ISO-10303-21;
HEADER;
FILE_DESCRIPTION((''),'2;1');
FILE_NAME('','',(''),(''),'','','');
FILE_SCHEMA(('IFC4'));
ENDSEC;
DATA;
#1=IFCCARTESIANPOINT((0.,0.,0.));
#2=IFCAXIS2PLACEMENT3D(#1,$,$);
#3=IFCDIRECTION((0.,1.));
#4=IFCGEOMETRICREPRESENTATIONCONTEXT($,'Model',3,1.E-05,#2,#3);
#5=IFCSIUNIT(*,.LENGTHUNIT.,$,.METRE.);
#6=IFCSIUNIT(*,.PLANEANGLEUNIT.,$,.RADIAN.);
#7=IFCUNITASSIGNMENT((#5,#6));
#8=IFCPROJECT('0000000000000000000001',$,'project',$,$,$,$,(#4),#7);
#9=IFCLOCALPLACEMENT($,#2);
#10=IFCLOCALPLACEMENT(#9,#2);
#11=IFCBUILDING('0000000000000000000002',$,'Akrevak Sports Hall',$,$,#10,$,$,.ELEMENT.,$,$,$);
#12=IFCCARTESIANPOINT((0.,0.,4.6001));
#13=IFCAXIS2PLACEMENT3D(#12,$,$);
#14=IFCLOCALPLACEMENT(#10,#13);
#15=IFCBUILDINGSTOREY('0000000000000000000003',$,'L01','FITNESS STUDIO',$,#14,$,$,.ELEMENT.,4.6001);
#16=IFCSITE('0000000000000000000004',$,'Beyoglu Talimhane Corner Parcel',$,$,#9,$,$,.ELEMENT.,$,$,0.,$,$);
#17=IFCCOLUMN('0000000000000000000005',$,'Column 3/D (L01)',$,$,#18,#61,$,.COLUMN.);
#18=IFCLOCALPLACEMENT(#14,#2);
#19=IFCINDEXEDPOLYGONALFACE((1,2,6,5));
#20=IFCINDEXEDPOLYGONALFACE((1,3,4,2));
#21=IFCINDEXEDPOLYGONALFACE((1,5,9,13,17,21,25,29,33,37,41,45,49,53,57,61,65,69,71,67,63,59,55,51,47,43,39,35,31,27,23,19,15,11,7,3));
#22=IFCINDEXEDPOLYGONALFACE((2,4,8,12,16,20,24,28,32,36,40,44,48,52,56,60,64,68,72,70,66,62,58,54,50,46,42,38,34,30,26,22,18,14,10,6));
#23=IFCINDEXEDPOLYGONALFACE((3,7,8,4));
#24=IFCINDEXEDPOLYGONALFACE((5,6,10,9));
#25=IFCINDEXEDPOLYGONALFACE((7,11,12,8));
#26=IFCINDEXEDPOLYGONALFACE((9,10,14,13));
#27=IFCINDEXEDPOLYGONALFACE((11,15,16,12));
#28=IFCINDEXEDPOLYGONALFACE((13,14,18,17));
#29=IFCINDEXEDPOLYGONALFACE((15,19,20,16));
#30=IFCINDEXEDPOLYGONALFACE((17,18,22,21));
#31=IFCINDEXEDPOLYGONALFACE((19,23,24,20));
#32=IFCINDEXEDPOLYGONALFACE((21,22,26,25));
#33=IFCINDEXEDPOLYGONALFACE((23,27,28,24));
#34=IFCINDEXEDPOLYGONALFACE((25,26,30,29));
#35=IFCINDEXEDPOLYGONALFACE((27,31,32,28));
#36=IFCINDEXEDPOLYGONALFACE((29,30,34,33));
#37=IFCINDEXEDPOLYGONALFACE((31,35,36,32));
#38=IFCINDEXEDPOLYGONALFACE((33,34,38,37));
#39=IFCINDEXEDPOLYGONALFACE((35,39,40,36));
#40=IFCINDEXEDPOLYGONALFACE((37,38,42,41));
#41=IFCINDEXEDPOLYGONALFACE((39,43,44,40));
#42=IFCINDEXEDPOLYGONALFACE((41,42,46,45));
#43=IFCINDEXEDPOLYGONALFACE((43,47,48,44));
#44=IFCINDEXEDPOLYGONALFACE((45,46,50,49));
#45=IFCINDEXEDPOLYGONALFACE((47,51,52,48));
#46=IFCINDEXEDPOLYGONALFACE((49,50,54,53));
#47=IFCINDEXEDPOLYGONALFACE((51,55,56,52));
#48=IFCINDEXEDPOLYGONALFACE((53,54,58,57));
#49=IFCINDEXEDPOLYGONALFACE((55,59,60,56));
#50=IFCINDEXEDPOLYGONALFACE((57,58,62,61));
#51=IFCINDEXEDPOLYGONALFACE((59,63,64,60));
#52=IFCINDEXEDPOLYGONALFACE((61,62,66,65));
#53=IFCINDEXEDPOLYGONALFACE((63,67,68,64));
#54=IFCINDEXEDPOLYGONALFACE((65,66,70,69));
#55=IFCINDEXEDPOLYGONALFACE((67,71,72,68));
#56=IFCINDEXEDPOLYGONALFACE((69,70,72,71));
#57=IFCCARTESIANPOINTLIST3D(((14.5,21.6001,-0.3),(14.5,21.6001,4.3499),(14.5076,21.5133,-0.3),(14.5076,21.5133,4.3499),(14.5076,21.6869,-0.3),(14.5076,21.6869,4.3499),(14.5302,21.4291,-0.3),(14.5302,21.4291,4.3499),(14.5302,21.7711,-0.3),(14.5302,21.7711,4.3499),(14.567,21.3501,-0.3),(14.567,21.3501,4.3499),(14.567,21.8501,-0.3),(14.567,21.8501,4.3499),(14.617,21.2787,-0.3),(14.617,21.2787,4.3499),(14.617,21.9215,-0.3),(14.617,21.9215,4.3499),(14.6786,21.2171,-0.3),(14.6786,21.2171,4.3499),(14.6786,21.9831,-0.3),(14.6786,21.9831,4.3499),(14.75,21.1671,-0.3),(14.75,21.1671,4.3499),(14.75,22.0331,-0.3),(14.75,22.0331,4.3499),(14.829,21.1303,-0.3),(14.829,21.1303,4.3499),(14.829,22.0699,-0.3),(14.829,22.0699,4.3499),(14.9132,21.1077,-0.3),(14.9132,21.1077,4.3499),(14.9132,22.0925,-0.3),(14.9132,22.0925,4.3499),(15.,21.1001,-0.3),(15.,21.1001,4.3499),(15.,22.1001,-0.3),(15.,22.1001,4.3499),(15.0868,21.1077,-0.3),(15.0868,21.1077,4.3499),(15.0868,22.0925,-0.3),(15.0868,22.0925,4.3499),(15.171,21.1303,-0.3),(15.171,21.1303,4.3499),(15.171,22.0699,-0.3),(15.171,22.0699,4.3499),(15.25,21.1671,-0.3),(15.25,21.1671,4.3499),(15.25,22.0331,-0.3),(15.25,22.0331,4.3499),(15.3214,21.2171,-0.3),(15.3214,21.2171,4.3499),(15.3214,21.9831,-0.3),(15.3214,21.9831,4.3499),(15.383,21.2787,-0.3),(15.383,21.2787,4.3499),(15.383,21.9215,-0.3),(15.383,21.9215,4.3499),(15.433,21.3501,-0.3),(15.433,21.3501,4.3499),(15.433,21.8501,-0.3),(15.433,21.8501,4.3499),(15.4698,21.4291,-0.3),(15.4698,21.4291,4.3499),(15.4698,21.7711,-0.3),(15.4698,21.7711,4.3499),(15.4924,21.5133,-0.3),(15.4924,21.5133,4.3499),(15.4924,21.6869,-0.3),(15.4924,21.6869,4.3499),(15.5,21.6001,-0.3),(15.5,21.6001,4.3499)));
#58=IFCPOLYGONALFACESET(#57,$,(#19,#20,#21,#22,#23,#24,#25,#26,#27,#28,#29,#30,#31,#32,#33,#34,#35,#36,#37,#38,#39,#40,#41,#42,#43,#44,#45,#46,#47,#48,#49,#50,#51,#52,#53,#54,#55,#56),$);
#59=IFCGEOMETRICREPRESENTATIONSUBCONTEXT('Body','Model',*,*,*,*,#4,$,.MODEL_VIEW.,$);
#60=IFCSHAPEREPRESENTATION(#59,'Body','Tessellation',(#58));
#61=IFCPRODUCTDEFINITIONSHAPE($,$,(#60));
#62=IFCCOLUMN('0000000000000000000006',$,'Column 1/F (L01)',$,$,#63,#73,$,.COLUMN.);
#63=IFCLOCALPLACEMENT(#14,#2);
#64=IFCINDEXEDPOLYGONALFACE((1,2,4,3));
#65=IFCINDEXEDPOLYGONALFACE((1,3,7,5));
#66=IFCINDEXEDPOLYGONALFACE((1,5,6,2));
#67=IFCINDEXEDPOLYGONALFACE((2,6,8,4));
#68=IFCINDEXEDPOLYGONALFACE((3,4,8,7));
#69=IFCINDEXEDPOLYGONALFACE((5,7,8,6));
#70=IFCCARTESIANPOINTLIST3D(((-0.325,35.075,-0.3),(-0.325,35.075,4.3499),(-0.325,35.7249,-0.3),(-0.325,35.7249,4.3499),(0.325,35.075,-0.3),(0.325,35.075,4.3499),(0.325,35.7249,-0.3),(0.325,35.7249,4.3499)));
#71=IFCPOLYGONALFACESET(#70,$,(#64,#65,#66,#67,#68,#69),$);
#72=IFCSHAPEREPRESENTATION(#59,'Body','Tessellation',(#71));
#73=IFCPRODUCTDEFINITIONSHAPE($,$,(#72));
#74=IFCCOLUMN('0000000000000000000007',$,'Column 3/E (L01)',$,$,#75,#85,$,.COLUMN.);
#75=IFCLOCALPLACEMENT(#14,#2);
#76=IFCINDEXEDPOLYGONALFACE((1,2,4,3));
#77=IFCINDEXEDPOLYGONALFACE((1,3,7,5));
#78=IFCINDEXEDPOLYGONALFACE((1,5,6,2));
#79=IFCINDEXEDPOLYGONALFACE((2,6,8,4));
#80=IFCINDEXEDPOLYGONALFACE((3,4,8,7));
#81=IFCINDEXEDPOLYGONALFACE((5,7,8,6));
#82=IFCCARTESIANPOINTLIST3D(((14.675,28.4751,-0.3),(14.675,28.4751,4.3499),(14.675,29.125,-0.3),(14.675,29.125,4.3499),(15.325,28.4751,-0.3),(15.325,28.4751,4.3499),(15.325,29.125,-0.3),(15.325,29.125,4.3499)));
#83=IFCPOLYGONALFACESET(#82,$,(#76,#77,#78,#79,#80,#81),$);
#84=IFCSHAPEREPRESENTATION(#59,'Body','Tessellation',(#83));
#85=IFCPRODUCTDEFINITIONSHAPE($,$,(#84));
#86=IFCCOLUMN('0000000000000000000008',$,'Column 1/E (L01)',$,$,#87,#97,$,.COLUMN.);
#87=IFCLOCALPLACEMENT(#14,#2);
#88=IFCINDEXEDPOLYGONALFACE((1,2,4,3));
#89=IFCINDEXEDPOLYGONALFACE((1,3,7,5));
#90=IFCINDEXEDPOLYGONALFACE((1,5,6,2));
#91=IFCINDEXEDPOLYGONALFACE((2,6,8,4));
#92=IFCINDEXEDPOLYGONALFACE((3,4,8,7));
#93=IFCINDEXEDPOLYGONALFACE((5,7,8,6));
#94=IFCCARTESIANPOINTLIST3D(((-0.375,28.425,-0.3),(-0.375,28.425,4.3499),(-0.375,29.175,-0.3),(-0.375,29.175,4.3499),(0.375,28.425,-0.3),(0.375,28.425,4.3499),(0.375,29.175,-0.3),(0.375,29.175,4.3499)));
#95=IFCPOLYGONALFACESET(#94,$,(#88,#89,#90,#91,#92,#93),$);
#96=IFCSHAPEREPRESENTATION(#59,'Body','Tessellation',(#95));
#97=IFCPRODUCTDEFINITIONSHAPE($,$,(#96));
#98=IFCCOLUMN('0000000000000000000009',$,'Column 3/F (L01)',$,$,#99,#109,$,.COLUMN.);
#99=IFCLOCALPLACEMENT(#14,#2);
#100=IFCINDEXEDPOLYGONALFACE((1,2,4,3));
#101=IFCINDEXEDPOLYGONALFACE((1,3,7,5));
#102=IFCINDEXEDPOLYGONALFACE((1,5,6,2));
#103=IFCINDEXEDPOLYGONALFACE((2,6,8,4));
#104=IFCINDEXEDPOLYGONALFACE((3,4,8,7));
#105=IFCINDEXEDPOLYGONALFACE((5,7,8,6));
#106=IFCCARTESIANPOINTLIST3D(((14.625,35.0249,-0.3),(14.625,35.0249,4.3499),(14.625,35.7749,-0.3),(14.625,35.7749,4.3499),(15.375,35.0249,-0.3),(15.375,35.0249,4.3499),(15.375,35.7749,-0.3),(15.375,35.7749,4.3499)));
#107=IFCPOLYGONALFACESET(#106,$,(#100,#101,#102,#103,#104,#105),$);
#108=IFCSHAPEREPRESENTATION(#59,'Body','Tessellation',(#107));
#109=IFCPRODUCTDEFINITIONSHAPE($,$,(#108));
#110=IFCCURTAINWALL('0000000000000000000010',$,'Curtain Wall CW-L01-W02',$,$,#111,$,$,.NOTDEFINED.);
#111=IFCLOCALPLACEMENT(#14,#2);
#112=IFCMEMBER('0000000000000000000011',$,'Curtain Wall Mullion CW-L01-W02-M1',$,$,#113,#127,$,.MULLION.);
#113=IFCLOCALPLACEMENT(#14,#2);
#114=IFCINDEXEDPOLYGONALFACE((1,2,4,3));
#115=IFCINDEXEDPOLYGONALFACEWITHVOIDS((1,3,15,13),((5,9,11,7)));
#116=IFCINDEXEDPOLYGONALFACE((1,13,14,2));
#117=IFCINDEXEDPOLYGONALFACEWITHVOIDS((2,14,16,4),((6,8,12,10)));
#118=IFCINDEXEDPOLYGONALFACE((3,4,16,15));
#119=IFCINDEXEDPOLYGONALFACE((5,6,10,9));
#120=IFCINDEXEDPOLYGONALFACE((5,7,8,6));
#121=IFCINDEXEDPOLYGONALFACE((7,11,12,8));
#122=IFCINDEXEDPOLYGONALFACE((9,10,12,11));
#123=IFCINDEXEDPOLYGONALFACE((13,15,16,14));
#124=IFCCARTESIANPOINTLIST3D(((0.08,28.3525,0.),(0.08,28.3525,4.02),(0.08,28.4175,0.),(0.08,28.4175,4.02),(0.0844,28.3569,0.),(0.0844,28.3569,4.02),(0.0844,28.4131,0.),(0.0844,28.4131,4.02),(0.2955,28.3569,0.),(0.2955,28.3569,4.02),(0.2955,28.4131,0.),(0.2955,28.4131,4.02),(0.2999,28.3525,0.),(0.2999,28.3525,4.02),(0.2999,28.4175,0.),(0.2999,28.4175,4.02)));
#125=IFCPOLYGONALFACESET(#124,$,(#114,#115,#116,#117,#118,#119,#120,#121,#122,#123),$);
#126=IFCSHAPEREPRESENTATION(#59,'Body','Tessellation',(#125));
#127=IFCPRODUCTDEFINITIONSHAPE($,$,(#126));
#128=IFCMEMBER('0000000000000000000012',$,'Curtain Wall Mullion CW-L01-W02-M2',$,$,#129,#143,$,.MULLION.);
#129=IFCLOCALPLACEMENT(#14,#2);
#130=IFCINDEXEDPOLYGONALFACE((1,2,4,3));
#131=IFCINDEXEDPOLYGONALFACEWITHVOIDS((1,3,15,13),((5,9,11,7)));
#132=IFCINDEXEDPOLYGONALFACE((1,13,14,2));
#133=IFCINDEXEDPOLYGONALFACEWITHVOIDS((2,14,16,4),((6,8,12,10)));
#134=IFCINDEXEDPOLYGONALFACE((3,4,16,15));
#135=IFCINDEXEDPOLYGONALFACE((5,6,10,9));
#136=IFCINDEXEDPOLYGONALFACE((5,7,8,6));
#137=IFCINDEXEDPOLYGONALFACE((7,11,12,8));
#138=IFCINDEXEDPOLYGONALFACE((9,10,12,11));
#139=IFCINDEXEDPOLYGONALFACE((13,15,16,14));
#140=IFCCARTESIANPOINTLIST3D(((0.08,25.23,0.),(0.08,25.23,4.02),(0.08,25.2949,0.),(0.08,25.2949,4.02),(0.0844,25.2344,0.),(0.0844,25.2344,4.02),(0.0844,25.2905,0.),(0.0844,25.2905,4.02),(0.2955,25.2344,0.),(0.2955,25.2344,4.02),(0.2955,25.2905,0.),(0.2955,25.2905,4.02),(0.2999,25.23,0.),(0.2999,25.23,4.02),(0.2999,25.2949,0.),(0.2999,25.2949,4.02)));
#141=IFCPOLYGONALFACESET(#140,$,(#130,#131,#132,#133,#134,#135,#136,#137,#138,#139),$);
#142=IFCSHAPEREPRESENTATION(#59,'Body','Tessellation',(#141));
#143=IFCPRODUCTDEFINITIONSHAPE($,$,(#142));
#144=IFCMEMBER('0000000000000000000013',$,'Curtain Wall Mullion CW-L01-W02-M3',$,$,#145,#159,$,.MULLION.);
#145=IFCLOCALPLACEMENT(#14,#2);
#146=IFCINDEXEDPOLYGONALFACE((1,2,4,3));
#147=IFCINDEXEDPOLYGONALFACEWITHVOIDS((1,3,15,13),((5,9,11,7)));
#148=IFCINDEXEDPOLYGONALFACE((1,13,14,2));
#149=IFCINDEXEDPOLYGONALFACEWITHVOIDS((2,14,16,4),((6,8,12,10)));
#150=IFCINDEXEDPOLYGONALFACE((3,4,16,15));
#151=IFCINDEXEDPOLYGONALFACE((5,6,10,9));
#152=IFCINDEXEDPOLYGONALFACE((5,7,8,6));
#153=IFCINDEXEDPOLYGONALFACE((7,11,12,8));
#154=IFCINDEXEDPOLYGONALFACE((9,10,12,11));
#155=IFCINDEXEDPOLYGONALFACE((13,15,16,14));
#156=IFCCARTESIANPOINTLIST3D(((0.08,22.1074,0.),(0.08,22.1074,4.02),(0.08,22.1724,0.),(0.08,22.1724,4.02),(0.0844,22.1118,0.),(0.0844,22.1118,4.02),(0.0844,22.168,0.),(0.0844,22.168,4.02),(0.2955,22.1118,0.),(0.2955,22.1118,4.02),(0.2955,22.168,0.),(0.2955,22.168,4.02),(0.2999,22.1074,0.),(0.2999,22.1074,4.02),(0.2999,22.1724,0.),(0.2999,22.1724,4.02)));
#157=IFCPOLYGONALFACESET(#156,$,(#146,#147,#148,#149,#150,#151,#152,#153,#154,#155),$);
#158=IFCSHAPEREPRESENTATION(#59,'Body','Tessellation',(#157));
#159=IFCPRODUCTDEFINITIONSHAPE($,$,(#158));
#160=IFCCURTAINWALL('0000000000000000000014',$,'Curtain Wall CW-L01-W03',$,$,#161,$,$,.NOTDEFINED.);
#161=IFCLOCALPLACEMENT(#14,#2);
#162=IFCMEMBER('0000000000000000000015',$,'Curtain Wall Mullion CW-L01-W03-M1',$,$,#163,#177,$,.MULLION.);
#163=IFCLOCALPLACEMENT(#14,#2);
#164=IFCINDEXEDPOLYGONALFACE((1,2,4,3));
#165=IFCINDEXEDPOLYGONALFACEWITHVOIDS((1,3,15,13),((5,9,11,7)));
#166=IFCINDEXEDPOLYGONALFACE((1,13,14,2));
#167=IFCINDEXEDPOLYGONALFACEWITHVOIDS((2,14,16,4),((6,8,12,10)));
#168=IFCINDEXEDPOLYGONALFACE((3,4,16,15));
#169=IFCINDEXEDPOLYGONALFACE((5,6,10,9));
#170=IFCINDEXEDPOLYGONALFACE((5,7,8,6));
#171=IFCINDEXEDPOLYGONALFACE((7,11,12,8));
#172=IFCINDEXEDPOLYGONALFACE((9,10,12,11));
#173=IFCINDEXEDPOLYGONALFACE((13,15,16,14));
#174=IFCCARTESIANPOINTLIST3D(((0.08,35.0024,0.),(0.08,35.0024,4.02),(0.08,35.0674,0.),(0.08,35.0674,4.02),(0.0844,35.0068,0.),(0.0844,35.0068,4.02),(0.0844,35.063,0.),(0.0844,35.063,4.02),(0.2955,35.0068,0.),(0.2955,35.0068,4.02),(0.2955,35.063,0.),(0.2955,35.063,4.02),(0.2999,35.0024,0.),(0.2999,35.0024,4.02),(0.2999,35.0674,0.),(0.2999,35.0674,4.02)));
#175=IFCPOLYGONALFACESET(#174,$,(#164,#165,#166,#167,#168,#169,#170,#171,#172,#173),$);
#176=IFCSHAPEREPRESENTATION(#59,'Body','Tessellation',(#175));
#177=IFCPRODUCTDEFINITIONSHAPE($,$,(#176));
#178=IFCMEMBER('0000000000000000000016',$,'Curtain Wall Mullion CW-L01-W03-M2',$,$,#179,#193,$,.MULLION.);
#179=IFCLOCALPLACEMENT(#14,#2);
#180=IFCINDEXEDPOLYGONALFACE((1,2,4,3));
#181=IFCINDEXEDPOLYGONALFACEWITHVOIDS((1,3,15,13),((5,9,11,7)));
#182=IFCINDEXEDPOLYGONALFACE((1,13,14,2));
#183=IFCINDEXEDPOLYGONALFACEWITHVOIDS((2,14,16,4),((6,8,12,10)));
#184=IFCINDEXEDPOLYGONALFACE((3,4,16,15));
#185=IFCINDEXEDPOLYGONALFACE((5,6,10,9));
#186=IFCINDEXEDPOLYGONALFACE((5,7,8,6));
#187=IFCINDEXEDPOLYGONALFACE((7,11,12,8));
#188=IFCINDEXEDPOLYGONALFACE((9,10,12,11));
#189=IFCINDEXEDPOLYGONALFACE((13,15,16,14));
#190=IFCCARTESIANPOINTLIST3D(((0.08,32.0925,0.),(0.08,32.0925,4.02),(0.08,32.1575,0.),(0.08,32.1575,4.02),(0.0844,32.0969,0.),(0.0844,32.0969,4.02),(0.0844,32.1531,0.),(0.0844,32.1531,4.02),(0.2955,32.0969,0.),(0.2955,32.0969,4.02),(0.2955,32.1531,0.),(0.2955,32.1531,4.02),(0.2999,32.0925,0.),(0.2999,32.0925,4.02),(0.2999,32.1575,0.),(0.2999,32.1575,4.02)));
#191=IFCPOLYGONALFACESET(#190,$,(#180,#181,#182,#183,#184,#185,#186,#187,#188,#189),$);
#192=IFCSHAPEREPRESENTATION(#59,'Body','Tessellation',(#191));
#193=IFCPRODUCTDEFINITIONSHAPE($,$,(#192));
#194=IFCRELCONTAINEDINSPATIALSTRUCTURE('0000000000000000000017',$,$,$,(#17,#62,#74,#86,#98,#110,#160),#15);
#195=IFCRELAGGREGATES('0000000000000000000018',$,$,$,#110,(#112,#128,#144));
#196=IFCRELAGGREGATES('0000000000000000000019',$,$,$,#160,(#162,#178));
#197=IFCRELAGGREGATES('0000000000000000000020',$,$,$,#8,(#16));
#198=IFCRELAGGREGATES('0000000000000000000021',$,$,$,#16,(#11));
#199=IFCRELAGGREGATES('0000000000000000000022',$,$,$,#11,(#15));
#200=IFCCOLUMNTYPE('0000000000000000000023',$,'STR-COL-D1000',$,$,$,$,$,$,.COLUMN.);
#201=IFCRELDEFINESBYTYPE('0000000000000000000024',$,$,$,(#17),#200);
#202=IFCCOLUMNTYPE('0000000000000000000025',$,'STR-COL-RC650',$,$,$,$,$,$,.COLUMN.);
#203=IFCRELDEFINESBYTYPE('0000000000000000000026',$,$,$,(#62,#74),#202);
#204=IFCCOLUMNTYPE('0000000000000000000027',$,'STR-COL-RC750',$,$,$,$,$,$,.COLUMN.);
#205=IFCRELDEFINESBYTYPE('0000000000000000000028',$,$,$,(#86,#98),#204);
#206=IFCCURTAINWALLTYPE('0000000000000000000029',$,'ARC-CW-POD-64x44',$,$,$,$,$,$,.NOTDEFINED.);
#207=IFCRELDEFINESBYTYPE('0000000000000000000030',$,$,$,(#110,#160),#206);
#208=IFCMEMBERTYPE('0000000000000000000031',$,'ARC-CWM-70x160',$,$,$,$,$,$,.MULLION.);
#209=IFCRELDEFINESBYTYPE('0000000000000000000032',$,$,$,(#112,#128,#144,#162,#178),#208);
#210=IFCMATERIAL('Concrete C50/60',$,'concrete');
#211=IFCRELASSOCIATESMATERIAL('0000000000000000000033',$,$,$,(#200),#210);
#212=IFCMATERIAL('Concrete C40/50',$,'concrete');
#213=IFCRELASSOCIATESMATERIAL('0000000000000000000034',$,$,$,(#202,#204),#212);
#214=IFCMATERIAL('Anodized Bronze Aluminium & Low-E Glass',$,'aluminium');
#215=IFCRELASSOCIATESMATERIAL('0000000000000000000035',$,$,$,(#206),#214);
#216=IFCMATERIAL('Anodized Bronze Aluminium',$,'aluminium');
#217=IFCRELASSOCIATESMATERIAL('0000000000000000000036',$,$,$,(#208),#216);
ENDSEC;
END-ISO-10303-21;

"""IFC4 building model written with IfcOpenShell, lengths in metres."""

from ifc_helpers import new_model, si_unit, direction, frame, origin, origin_2d, place, context, subcontext, project, spatial, rectangle, hollow_rectangle, circle, extrude, material, material_profile, profile_set, type_object, element, aggregate, save


model = new_model("IFC4")

# Units and contexts
model_context = context("Model", 3, precision=1e-05, world=origin(), true_north=direction((0.0, 1.0)))
body_context = subcontext(model_context, "Body", "Model", "MODEL_VIEW")
ifc_project = project(units=[si_unit("LENGTHUNIT", "METRE"), si_unit("PLANEANGLEUNIT", "RADIAN")], contexts=[model_context])

# Site, building, storey
site_placement = place(None, origin())
site = spatial("IfcSite", under=ifc_project, at=site_placement, Name="Beyoglu Talimhane Corner Parcel", CompositionType="ELEMENT", RefElevation=0.0)
building_placement = place(site_placement, origin())
building = spatial("IfcBuilding", under=site, at=building_placement, Name="Akrevak Sports Hall", CompositionType="ELEMENT")
storey_placement = place(building_placement, frame((0.0, 0.0, 4.6001)))
storey = spatial("IfcBuildingStorey", under=building, at=storey_placement, Name="L01", Description="FITNESS STUDIO", CompositionType="ELEMENT", Elevation=4.6001)

# Columns
ifc_material_1 = material(Name="Concrete C50/60", Category="concrete")
ifc_material_profile_1 = material_profile(ifc_material_1, circle(Radius=0.5, at=origin_2d()), Name="COL D1000", Category="concrete")
ifc_profile_set_1 = profile_set([ifc_material_profile_1], Name="Concrete C50/60")
column_type_1 = type_object("IfcColumnType", Name="STR-COL-D1000", PredefinedType="COLUMN", material=ifc_profile_set_1)
column_placement = place(storey_placement, frame((15.0, 21.6001, -0.3), z_axis=(0.0, 0.0, 1.0), x_axis=(1.0, 0.0, 0.0)))
element("IfcColumn", 1, at=column_placement, inside=storey, type_object=column_type_1, Name="Column 3/D (L01)", PredefinedType="COLUMN", context=body_context, shape_type="SweptSolid", body=[
    extrude(circle(Radius=0.5, at=origin_2d()), origin(), (0.0, 0.0, 1.0), 4.6499),
])
ifc_material_2 = material(Name="Concrete C40/50", Category="concrete")
ifc_material_profile_2 = material_profile(ifc_material_2, rectangle(XDim=0.6499, YDim=0.6499, at=origin_2d()), Name="RC 650x650", Category="concrete")
ifc_profile_set_2 = profile_set([ifc_material_profile_2], Name="Concrete C40/50")
column_type_2 = type_object("IfcColumnType", Name="STR-COL-RC650", PredefinedType="COLUMN", material=ifc_profile_set_2)
for number, where, z_axis, x_axis, name in (
    (2, (0.0, 35.3999, -0.3), (0.0, 0.0, 1.0), (1.0, 0.0, 0.0), "Column 1/F (L01)"),
    (3, (15.0, 28.8, -0.3), (0.0, 0.0, 1.0), (1.0, 0.0, 0.0), "Column 3/E (L01)"),
):
    element("IfcColumn", number, at=place(storey_placement, frame(where, z_axis=z_axis, x_axis=x_axis)), inside=storey, type_object=column_type_2, Name=name, PredefinedType="COLUMN", context=body_context, shape_type="SweptSolid", body=[
        extrude(rectangle(XDim=0.6499, YDim=0.6499, at=origin_2d()), origin(), (0.0, 0.0, 1.0), 4.6499),
    ])
ifc_material_profile_3 = material_profile(ifc_material_2, rectangle(XDim=0.75, YDim=0.75, at=origin_2d()), Name="RC 750x750", Category="concrete")
ifc_profile_set_3 = profile_set([ifc_material_profile_3], Name="Concrete C40/50")
column_type_3 = type_object("IfcColumnType", Name="STR-COL-RC750", PredefinedType="COLUMN", material=ifc_profile_set_3)
for number, where, z_axis, x_axis, name in (
    (4, (0.0, 28.8, -0.3), (0.0, 0.0, 1.0), (1.0, 0.0, 0.0), "Column 1/E (L01)"),
    (5, (15.0, 35.3999, -0.3), (0.0, 0.0, 1.0), (1.0, 0.0, 0.0), "Column 3/F (L01)"),
):
    element("IfcColumn", number, at=place(storey_placement, frame(where, z_axis=z_axis, x_axis=x_axis)), inside=storey, type_object=column_type_3, Name=name, PredefinedType="COLUMN", context=body_context, shape_type="SweptSolid", body=[
        extrude(rectangle(XDim=0.75, YDim=0.75, at=origin_2d()), origin(), (0.0, 0.0, 1.0), 4.6499),
    ])

# Curtain walls, members
ifc_material_3 = material(Name="Anodized Bronze Aluminium & Low-E Glass", Category="aluminium")
curtain_wall_type = type_object("IfcCurtainWallType", Name="ARC-CW-POD-64x44", PredefinedType="NOTDEFINED", material=ifc_material_3)
curtain_wall_1_placement = place(storey_placement, origin())
curtain_wall_1 = element("IfcCurtainWall", 6, at=curtain_wall_1_placement, inside=storey, type_object=curtain_wall_type, Name="Curtain Wall CW-L01-W02", PredefinedType="NOTDEFINED")
ifc_material_4 = material(Name="Anodized Bronze Aluminium", Category="aluminium")
ifc_material_profile_4 = material_profile(ifc_material_4, hollow_rectangle(XDim=0.0649, YDim=0.22, WallThickness=0.0044, at=origin_2d()), Name="CWM 65x220", Category="aluminium")
ifc_profile_set_4 = profile_set([ifc_material_profile_4], Name="Anodized Bronze Aluminium")
member_type_1 = type_object("IfcMemberType", Name="ARC-CWM-70x160", PredefinedType="MULLION", material=ifc_profile_set_4)
member_1_placement = place(storey_placement, frame((0.1899, 28.385, 0.0), z_axis=(0.0, 0.0, 1.0), x_axis=(0.0, -1.0, 0.0)))
member_1 = element("IfcMember", 7, at=member_1_placement, type_object=member_type_1, Name="Curtain Wall Mullion CW-L01-W02-M1", PredefinedType="MULLION", context=body_context, shape_type="SweptSolid", body=[
    extrude(hollow_rectangle(XDim=0.0649, YDim=0.22, WallThickness=0.0044, at=origin_2d()), origin(), (0.0, 0.0, 1.0), 4.02),
])
member_2_placement = place(storey_placement, frame((0.1899, 25.2625, 0.0), z_axis=(0.0, 0.0, 1.0), x_axis=(0.0, -1.0, 0.0)))
member_2 = element("IfcMember", 8, at=member_2_placement, type_object=member_type_1, Name="Curtain Wall Mullion CW-L01-W02-M2", PredefinedType="MULLION", context=body_context, shape_type="SweptSolid", body=[
    extrude(hollow_rectangle(XDim=0.0649, YDim=0.22, WallThickness=0.0044, at=origin_2d()), origin(), (0.0, 0.0, 1.0), 4.02),
])
member_3_placement = place(storey_placement, frame((0.1899, 22.1399, 0.0), z_axis=(0.0, 0.0, 1.0), x_axis=(0.0, -1.0, 0.0)))
member_3 = element("IfcMember", 9, at=member_3_placement, type_object=member_type_1, Name="Curtain Wall Mullion CW-L01-W02-M3", PredefinedType="MULLION", context=body_context, shape_type="SweptSolid", body=[
    extrude(hollow_rectangle(XDim=0.0649, YDim=0.22, WallThickness=0.0044, at=origin_2d()), origin(), (0.0, 0.0, 1.0), 4.02),
])
curtain_wall_2_placement = place(storey_placement, origin())
curtain_wall_2 = element("IfcCurtainWall", 10, at=curtain_wall_2_placement, inside=storey, type_object=curtain_wall_type, Name="Curtain Wall CW-L01-W03", PredefinedType="NOTDEFINED")
member_4_placement = place(storey_placement, frame((0.1899, 35.0349, 0.0), z_axis=(0.0, 0.0, 1.0), x_axis=(0.0, -1.0, 0.0)))
member_4 = element("IfcMember", 11, at=member_4_placement, type_object=member_type_1, Name="Curtain Wall Mullion CW-L01-W03-M1", PredefinedType="MULLION", context=body_context, shape_type="SweptSolid", body=[
    extrude(hollow_rectangle(XDim=0.0649, YDim=0.22, WallThickness=0.0044, at=origin_2d()), origin(), (0.0, 0.0, 1.0), 4.02),
])
member_5_placement = place(storey_placement, frame((0.1899, 32.125, 0.0), z_axis=(0.0, 0.0, 1.0), x_axis=(0.0, -1.0, 0.0)))
member_5 = element("IfcMember", 12, at=member_5_placement, type_object=member_type_1, Name="Curtain Wall Mullion CW-L01-W03-M2", PredefinedType="MULLION", context=body_context, shape_type="SweptSolid", body=[
    extrude(hollow_rectangle(XDim=0.0649, YDim=0.22, WallThickness=0.0044, at=origin_2d()), origin(), (0.0, 0.0, 1.0), 4.02),
])

aggregate(curtain_wall_1, [member_1, member_2, member_3])
aggregate(curtain_wall_2, [member_4, member_5])

save(model, "model.ifc")
